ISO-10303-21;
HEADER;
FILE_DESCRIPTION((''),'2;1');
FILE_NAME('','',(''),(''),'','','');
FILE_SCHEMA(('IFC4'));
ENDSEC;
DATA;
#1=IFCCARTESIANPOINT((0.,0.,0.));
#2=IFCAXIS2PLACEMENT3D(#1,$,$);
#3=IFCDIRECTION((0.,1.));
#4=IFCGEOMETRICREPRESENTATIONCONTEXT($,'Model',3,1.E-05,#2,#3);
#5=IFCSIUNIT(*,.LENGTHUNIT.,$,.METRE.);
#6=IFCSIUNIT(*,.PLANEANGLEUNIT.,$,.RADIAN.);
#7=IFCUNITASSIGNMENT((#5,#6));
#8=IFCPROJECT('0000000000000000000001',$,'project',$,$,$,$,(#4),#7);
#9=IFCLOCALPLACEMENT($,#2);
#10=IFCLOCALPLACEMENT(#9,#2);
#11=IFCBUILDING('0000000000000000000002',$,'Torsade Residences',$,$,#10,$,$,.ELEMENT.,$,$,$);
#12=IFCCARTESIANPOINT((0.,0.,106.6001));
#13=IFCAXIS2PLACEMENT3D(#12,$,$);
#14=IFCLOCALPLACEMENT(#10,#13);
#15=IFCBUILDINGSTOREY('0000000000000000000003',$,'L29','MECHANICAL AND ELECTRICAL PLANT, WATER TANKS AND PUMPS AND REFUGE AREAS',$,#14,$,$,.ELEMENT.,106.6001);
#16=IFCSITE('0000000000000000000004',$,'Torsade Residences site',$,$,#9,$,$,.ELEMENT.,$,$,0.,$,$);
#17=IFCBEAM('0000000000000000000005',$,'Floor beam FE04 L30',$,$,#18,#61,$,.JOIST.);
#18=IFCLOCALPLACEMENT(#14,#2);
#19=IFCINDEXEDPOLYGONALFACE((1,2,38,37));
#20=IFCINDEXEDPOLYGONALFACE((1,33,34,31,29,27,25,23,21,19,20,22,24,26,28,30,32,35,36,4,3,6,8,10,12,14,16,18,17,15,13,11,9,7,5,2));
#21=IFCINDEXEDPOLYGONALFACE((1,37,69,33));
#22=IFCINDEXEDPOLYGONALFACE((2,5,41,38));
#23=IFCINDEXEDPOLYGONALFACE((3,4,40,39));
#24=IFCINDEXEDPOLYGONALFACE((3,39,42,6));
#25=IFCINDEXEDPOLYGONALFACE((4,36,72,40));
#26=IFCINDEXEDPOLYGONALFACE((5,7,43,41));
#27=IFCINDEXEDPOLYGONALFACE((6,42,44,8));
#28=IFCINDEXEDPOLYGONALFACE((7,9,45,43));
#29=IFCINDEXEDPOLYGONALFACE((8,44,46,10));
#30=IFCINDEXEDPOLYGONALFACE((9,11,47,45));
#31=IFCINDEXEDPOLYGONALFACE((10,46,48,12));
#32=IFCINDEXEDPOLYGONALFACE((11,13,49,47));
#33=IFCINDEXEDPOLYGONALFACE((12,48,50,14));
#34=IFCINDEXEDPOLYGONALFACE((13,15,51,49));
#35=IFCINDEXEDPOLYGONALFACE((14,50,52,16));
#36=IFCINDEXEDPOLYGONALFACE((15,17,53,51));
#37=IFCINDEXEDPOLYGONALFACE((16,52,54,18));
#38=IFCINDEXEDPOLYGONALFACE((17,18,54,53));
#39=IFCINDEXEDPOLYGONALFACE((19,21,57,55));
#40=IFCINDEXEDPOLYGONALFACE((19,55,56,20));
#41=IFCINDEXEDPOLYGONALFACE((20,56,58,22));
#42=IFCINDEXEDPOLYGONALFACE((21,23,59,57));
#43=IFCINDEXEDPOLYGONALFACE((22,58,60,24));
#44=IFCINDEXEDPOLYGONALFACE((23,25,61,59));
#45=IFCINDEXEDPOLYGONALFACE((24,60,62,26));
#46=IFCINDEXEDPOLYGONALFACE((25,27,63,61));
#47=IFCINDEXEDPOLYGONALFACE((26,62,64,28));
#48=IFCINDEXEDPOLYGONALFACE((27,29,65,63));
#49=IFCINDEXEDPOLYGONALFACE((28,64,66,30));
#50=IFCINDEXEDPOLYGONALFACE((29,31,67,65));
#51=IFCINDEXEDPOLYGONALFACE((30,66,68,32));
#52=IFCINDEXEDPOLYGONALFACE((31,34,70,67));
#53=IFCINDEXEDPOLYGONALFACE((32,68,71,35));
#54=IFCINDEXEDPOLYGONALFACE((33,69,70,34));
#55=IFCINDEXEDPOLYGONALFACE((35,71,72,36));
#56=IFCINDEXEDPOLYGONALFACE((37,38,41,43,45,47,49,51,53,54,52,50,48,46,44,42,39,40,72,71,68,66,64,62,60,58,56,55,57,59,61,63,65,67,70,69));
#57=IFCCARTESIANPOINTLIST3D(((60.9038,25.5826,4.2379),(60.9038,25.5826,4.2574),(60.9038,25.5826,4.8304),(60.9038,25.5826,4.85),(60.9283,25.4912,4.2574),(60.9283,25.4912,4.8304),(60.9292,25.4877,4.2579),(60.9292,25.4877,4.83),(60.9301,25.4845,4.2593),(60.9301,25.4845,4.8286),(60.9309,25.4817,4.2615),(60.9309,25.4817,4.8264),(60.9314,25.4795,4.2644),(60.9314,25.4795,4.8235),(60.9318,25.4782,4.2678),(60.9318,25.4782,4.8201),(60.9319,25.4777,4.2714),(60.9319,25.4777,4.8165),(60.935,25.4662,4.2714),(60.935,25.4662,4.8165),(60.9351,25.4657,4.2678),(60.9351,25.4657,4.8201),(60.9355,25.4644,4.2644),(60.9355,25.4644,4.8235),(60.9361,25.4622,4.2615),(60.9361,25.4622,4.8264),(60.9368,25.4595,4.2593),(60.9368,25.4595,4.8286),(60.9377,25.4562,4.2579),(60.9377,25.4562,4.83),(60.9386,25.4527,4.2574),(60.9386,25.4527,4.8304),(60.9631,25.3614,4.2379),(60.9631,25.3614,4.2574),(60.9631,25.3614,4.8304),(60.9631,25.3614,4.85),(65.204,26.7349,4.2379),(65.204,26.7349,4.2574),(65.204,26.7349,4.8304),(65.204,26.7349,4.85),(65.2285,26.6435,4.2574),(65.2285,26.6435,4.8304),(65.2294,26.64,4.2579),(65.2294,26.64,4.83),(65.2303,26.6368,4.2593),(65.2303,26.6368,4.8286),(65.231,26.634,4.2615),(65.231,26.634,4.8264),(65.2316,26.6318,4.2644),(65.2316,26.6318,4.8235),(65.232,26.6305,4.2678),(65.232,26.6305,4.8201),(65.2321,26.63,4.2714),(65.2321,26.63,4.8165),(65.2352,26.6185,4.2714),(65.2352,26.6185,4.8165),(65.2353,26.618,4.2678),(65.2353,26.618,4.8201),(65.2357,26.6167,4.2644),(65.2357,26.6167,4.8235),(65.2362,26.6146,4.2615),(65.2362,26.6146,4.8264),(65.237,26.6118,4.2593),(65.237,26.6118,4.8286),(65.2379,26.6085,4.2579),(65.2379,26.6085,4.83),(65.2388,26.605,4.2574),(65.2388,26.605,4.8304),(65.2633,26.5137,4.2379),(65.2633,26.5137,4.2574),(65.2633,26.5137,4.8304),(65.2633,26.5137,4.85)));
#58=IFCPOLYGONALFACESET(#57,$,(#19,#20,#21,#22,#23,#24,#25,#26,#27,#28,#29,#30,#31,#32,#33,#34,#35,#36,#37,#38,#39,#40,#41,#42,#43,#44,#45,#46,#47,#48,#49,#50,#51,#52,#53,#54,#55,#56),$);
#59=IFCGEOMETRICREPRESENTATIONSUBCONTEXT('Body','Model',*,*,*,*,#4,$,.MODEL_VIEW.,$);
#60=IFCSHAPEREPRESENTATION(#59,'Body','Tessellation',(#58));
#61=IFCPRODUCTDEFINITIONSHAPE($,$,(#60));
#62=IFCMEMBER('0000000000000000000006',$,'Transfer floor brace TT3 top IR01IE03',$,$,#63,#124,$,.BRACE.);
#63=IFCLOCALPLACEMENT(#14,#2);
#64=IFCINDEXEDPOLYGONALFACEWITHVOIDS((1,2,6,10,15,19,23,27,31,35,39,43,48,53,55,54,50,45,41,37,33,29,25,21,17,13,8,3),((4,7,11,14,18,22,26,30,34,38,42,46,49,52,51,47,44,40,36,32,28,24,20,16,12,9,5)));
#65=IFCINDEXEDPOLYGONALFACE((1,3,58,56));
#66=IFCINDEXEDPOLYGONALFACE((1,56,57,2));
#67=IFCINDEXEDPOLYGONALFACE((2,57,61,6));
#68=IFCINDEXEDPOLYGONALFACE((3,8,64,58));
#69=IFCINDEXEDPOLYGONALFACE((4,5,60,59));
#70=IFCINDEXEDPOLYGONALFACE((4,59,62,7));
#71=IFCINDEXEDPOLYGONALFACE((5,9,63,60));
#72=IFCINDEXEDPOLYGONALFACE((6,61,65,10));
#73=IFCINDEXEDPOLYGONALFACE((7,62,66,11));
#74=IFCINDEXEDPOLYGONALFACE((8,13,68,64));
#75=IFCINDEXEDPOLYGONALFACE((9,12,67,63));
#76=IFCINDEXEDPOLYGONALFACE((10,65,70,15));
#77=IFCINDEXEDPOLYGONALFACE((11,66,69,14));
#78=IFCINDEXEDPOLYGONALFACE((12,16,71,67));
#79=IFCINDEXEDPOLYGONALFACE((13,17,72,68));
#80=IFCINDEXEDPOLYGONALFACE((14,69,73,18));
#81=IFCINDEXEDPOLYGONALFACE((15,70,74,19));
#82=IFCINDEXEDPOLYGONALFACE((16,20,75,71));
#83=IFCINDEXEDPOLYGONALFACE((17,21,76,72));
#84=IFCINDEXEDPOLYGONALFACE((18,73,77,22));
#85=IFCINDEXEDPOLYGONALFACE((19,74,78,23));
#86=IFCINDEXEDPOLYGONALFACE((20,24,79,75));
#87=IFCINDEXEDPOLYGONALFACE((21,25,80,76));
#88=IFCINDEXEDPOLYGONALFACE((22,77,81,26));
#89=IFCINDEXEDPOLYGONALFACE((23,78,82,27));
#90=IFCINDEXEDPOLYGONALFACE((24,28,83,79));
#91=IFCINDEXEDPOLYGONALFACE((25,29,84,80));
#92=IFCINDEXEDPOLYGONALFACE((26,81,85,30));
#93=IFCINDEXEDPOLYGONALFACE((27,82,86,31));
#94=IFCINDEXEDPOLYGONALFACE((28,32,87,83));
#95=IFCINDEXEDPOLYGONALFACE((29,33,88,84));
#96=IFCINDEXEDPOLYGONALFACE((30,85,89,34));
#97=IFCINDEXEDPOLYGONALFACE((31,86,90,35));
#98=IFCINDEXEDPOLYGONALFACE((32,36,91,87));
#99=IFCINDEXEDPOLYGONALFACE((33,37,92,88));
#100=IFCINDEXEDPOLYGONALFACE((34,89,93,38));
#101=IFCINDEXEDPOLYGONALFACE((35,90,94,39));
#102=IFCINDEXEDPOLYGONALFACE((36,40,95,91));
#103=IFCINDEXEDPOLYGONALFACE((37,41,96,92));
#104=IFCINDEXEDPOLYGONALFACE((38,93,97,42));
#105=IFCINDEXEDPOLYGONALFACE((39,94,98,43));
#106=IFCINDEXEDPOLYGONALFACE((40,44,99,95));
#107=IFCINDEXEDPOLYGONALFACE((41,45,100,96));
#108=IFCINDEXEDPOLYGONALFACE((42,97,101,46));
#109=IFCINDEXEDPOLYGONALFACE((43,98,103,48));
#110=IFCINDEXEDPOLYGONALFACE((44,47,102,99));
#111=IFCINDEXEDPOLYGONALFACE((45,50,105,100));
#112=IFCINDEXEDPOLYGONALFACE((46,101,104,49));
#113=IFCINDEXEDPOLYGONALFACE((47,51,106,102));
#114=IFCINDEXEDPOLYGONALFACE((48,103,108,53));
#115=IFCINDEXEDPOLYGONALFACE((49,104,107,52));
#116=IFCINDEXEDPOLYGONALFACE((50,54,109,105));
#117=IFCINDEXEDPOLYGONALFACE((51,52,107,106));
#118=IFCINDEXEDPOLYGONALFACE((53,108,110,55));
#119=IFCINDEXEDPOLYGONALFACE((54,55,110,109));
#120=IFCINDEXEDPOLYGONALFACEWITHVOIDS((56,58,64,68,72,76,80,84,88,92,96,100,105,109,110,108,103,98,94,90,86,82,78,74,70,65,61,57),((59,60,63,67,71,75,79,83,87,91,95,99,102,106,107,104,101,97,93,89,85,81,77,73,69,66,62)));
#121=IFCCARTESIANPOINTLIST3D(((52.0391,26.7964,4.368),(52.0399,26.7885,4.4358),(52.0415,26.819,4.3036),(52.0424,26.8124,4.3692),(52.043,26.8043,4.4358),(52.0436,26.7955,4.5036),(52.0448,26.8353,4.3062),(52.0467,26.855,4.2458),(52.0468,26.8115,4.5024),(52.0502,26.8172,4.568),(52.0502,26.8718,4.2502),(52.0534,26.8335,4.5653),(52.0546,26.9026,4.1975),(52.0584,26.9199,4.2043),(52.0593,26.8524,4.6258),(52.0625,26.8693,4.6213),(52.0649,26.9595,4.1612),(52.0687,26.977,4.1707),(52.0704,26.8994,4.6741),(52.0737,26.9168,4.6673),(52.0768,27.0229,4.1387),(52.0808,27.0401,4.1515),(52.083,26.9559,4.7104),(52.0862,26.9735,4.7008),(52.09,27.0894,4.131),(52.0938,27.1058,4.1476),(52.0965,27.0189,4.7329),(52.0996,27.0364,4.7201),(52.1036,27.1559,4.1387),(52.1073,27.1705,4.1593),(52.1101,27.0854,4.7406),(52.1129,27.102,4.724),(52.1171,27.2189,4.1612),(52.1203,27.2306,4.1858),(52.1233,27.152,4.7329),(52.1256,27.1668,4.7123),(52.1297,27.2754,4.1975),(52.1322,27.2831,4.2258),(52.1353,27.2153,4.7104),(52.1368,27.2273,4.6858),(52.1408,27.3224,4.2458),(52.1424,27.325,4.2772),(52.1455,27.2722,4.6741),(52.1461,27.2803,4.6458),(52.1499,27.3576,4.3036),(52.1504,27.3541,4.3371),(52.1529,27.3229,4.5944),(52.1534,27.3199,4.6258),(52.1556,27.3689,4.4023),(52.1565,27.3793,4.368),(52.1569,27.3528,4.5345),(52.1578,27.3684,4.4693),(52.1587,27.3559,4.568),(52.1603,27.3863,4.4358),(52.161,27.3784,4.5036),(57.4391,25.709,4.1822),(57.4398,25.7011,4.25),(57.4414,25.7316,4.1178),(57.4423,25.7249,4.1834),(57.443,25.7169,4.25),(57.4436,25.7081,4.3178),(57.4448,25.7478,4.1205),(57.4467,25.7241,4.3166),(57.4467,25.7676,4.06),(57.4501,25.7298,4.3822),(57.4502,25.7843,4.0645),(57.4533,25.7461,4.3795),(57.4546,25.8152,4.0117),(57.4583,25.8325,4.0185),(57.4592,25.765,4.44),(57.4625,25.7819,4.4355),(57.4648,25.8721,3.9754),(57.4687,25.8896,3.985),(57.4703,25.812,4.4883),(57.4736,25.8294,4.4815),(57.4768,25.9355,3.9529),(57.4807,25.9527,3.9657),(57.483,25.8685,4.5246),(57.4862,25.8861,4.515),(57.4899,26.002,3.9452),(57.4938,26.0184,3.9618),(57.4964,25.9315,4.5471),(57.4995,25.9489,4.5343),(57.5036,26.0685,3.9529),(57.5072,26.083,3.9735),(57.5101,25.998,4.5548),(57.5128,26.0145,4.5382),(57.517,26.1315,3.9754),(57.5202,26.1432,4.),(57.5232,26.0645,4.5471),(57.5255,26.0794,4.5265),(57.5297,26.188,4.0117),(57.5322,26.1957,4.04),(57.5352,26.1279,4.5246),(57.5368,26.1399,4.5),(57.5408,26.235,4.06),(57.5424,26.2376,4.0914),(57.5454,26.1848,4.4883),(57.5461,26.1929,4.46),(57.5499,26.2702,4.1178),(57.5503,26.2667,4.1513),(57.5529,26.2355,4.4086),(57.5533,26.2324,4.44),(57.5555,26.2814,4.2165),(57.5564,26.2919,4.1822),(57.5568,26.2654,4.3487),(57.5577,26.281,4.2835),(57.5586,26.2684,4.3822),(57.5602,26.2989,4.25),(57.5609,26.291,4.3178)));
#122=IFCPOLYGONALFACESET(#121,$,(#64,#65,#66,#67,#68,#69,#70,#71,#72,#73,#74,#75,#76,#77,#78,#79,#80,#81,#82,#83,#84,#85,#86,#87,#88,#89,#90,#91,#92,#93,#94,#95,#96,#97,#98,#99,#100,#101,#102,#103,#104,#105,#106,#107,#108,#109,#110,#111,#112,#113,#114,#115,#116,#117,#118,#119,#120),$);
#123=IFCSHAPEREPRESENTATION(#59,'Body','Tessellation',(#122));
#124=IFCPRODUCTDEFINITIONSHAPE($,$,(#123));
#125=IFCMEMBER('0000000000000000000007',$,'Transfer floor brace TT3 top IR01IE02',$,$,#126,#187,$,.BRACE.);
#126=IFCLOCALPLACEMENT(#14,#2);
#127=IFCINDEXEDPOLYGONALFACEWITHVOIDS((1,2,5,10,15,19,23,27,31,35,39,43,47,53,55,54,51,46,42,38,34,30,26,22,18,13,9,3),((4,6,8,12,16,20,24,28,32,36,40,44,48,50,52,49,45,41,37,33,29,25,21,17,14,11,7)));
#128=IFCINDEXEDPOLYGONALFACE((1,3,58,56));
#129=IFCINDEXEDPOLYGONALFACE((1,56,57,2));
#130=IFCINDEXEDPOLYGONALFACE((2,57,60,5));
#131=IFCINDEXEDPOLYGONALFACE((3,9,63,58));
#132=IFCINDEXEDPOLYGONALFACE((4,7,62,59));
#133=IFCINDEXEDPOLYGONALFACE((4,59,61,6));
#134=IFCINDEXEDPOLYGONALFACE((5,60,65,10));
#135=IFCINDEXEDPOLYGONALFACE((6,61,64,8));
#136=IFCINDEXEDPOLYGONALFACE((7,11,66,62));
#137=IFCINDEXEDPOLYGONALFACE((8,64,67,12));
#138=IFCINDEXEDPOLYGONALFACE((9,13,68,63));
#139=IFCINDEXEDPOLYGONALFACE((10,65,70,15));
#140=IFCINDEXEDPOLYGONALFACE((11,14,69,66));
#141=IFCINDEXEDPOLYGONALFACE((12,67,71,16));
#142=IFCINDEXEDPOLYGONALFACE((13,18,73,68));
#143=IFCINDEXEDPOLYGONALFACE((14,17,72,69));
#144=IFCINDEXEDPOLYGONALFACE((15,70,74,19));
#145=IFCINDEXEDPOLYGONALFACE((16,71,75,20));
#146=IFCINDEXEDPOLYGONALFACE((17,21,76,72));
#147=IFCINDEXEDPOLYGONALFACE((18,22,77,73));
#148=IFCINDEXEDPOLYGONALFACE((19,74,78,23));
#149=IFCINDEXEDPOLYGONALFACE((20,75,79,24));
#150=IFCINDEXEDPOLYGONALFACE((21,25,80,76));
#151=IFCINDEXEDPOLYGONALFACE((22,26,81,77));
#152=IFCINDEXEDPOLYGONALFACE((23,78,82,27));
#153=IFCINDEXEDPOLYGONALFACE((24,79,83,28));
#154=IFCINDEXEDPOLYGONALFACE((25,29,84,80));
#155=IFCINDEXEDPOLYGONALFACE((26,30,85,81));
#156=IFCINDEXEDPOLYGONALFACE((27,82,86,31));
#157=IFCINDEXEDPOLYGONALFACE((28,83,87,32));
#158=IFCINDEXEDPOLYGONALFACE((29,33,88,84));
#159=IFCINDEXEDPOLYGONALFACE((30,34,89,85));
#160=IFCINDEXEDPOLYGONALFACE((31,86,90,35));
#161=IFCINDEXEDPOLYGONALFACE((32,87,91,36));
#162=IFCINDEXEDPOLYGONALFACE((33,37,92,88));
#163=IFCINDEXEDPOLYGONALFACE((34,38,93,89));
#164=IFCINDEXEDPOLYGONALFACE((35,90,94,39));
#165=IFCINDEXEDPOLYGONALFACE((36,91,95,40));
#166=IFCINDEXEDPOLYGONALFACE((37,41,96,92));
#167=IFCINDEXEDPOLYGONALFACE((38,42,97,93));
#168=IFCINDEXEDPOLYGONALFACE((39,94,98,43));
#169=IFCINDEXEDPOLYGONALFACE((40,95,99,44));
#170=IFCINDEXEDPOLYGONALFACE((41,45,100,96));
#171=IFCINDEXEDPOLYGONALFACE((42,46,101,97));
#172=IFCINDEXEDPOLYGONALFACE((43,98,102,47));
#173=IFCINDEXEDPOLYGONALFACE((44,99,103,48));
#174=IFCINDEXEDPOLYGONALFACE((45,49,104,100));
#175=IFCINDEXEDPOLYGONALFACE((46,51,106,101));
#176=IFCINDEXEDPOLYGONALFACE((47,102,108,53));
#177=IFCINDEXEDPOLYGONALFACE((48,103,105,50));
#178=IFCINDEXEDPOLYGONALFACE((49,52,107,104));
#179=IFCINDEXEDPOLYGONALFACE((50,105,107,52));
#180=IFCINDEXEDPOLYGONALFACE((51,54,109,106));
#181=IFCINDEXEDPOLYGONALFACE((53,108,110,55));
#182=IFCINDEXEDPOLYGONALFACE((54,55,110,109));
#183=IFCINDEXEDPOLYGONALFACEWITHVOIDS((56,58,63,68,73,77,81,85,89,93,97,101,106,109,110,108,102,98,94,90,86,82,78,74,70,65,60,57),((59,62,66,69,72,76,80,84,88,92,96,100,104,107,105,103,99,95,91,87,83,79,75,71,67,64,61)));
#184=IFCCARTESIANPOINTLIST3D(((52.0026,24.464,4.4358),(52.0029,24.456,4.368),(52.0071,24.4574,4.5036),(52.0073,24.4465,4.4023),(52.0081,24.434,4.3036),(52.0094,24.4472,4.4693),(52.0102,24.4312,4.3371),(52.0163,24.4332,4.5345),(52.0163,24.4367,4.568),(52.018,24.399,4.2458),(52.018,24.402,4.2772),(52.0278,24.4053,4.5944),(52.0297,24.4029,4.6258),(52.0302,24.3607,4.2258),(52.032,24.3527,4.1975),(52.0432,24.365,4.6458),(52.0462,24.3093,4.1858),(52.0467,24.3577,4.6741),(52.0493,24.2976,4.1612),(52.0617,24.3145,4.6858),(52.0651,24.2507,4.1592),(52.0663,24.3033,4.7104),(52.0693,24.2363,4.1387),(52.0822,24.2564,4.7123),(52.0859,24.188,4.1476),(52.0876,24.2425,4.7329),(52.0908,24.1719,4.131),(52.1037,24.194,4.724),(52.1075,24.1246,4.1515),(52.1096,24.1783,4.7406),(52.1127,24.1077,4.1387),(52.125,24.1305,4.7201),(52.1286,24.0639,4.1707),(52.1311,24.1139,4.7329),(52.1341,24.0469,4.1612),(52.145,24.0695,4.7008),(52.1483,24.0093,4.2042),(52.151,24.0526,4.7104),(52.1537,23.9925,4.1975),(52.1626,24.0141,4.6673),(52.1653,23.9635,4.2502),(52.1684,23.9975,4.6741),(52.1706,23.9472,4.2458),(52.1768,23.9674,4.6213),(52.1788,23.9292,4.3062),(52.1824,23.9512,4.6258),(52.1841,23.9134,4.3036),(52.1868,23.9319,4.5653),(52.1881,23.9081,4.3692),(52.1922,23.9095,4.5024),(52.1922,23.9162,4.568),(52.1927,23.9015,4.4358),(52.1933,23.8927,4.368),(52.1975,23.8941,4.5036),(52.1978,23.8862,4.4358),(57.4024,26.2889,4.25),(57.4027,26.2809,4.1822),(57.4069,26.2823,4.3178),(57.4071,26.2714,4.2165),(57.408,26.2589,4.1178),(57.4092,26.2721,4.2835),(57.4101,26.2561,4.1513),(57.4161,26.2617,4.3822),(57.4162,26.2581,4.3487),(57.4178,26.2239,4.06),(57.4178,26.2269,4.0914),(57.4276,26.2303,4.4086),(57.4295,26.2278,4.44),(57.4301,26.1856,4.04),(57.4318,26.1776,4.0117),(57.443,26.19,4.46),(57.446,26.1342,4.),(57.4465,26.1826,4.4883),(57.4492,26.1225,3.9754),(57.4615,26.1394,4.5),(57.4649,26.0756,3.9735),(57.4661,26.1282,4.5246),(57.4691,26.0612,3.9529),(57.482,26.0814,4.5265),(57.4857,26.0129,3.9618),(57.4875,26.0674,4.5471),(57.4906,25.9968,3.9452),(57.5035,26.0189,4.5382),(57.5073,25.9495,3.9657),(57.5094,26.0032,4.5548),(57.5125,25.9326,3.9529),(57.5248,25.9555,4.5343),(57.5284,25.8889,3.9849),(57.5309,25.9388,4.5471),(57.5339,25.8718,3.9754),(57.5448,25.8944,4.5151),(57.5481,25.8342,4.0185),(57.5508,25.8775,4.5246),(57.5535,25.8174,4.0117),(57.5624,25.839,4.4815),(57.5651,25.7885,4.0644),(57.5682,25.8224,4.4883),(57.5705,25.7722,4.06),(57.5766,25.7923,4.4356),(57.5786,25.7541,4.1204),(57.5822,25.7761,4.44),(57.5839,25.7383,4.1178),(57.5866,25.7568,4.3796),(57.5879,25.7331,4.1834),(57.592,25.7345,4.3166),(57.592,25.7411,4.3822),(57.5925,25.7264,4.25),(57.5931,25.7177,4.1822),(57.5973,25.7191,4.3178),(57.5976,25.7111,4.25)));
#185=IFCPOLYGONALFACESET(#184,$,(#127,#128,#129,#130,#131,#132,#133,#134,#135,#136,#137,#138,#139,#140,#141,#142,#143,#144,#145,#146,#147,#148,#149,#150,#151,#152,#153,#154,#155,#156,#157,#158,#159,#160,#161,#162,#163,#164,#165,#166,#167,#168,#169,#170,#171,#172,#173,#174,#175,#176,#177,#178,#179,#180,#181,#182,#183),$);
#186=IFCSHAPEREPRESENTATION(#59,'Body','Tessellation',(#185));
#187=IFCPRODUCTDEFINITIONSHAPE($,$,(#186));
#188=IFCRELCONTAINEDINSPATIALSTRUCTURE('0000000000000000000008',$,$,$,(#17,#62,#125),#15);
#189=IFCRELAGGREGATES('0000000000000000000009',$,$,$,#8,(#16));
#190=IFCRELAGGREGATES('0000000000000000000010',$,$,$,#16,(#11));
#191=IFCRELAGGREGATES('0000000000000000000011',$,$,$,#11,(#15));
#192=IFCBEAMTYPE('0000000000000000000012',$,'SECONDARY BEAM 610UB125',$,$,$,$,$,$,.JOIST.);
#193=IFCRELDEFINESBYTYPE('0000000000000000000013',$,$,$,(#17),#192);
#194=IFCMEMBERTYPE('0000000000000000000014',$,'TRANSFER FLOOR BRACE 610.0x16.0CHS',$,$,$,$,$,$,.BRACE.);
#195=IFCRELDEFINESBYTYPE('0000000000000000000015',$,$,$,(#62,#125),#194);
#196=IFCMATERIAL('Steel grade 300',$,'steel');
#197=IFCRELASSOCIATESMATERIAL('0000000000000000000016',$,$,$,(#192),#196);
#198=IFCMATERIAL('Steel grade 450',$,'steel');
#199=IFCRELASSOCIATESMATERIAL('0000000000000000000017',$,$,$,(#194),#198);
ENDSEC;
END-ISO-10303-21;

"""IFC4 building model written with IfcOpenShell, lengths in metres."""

from ifc_helpers import new_model, si_unit, direction, frame, origin, origin_2d, place, context, subcontext, project, spatial, hollow_circle, i_section, extrude, material, material_profile, profile_set, type_object, element, save


model = new_model("IFC4")

# Units and contexts
model_context = context("Model", 3, precision=1e-05, world=origin(), true_north=direction((0.0, 1.0)))
body_context = subcontext(model_context, "Body", "Model", "MODEL_VIEW")
ifc_project = project(units=[si_unit("LENGTHUNIT", "METRE"), si_unit("PLANEANGLEUNIT", "RADIAN")], contexts=[model_context])

# Site, building, storey
site_placement = place(None, origin())
site = spatial("IfcSite", under=ifc_project, at=site_placement, Name="Torsade Residences site", CompositionType="ELEMENT", RefElevation=0.0)
building_placement = place(site_placement, origin())
building = spatial("IfcBuilding", under=site, at=building_placement, Name="Torsade Residences", CompositionType="ELEMENT")
storey_placement = place(building_placement, frame((0.0, 0.0, 106.6001)))
storey = spatial("IfcBuildingStorey", under=building, at=storey_placement, Name="L29", Description="MECHANICAL AND ELECTRICAL PLANT, WATER TANKS AND PUMPS AND REFUGE AREAS", CompositionType="ELEMENT", Elevation=106.6001)

# Beam
ifc_material_1 = material(Name="Steel grade 300", Category="steel")
ifc_material_profile_1 = material_profile(ifc_material_1, i_section(OverallWidth=0.229, OverallDepth=0.6121, WebThickness=0.012, FlangeThickness=0.0195, FilletRadius=0.0139, at=origin_2d()), Name="610UB125")
ifc_profile_set_1 = profile_set([ifc_material_profile_1], Name="Steel grade 300")
beam_type_1 = type_object("IfcBeamType", Name="SECONDARY BEAM 610UB125", PredefinedType="JOIST", material=ifc_profile_set_1)
beam_1_placement = place(storey_placement, frame((65.2336, 26.6243, 4.5439), z_axis=(-0.965921, -0.258837, 0.0), x_axis=(0.258837, -0.965921, 0.0)))
element("IfcBeam", 1, at=beam_1_placement, inside=storey, type_object=beam_type_1, Name="Floor beam FE04 L30", PredefinedType="JOIST", context=body_context, shape_type="SweptSolid", body=[
    extrude(i_section(OverallWidth=0.229, OverallDepth=0.6121, WebThickness=0.012, FlangeThickness=0.0195, FilletRadius=0.0139, at=origin_2d()), origin(), (0.0, 0.0, 1.0), 4.4519),
])

# Members
ifc_material_2 = material(Name="Steel grade 450", Category="steel")
ifc_material_profile_2 = material_profile(ifc_material_2, hollow_circle(Radius=0.3049, WallThickness=0.0161, at=origin_2d()), Name="610.0x16.0CHS")
ifc_profile_set_2 = profile_set([ifc_material_profile_2], Name="Steel grade 450")
member_type_1 = type_object("IfcMemberType", Name="TRANSFER FLOOR BRACE 610.0x16.0CHS", PredefinedType="BRACE", material=ifc_profile_set_2)
member_1_placement = place(storey_placement, frame((57.5, 26.0, 4.25), z_axis=(-0.979764, 0.197299, 0.03371), x_axis=(-0.197412, -0.980321, 0.0)))
element("IfcMember", 2, at=member_1_placement, inside=storey, type_object=member_type_1, Name="Transfer floor brace TT3 top IR01IE03", PredefinedType="BRACE", context=body_context, shape_type="SweptSolid", body=[
    extrude(hollow_circle(Radius=0.3049, WallThickness=0.0161, at=origin_2d()), origin(), (0.0, 0.0, 1.0), 5.5115),
])
member_2_placement = place(storey_placement, frame((57.5, 26.0, 4.25), z_axis=(-0.946857, -0.32, 0.032578), x_axis=(0.32017, -0.94736, 0.0)))
element("IfcMember", 3, at=member_2_placement, inside=storey, type_object=member_type_1, Name="Transfer floor brace TT3 top IR01IE02", PredefinedType="BRACE", context=body_context, shape_type="SweptSolid", body=[
    extrude(hollow_circle(Radius=0.3049, WallThickness=0.0161, at=origin_2d()), origin(), (0.0, 0.0, 1.0), 5.7029),
])

save(model, "model.ifc")
